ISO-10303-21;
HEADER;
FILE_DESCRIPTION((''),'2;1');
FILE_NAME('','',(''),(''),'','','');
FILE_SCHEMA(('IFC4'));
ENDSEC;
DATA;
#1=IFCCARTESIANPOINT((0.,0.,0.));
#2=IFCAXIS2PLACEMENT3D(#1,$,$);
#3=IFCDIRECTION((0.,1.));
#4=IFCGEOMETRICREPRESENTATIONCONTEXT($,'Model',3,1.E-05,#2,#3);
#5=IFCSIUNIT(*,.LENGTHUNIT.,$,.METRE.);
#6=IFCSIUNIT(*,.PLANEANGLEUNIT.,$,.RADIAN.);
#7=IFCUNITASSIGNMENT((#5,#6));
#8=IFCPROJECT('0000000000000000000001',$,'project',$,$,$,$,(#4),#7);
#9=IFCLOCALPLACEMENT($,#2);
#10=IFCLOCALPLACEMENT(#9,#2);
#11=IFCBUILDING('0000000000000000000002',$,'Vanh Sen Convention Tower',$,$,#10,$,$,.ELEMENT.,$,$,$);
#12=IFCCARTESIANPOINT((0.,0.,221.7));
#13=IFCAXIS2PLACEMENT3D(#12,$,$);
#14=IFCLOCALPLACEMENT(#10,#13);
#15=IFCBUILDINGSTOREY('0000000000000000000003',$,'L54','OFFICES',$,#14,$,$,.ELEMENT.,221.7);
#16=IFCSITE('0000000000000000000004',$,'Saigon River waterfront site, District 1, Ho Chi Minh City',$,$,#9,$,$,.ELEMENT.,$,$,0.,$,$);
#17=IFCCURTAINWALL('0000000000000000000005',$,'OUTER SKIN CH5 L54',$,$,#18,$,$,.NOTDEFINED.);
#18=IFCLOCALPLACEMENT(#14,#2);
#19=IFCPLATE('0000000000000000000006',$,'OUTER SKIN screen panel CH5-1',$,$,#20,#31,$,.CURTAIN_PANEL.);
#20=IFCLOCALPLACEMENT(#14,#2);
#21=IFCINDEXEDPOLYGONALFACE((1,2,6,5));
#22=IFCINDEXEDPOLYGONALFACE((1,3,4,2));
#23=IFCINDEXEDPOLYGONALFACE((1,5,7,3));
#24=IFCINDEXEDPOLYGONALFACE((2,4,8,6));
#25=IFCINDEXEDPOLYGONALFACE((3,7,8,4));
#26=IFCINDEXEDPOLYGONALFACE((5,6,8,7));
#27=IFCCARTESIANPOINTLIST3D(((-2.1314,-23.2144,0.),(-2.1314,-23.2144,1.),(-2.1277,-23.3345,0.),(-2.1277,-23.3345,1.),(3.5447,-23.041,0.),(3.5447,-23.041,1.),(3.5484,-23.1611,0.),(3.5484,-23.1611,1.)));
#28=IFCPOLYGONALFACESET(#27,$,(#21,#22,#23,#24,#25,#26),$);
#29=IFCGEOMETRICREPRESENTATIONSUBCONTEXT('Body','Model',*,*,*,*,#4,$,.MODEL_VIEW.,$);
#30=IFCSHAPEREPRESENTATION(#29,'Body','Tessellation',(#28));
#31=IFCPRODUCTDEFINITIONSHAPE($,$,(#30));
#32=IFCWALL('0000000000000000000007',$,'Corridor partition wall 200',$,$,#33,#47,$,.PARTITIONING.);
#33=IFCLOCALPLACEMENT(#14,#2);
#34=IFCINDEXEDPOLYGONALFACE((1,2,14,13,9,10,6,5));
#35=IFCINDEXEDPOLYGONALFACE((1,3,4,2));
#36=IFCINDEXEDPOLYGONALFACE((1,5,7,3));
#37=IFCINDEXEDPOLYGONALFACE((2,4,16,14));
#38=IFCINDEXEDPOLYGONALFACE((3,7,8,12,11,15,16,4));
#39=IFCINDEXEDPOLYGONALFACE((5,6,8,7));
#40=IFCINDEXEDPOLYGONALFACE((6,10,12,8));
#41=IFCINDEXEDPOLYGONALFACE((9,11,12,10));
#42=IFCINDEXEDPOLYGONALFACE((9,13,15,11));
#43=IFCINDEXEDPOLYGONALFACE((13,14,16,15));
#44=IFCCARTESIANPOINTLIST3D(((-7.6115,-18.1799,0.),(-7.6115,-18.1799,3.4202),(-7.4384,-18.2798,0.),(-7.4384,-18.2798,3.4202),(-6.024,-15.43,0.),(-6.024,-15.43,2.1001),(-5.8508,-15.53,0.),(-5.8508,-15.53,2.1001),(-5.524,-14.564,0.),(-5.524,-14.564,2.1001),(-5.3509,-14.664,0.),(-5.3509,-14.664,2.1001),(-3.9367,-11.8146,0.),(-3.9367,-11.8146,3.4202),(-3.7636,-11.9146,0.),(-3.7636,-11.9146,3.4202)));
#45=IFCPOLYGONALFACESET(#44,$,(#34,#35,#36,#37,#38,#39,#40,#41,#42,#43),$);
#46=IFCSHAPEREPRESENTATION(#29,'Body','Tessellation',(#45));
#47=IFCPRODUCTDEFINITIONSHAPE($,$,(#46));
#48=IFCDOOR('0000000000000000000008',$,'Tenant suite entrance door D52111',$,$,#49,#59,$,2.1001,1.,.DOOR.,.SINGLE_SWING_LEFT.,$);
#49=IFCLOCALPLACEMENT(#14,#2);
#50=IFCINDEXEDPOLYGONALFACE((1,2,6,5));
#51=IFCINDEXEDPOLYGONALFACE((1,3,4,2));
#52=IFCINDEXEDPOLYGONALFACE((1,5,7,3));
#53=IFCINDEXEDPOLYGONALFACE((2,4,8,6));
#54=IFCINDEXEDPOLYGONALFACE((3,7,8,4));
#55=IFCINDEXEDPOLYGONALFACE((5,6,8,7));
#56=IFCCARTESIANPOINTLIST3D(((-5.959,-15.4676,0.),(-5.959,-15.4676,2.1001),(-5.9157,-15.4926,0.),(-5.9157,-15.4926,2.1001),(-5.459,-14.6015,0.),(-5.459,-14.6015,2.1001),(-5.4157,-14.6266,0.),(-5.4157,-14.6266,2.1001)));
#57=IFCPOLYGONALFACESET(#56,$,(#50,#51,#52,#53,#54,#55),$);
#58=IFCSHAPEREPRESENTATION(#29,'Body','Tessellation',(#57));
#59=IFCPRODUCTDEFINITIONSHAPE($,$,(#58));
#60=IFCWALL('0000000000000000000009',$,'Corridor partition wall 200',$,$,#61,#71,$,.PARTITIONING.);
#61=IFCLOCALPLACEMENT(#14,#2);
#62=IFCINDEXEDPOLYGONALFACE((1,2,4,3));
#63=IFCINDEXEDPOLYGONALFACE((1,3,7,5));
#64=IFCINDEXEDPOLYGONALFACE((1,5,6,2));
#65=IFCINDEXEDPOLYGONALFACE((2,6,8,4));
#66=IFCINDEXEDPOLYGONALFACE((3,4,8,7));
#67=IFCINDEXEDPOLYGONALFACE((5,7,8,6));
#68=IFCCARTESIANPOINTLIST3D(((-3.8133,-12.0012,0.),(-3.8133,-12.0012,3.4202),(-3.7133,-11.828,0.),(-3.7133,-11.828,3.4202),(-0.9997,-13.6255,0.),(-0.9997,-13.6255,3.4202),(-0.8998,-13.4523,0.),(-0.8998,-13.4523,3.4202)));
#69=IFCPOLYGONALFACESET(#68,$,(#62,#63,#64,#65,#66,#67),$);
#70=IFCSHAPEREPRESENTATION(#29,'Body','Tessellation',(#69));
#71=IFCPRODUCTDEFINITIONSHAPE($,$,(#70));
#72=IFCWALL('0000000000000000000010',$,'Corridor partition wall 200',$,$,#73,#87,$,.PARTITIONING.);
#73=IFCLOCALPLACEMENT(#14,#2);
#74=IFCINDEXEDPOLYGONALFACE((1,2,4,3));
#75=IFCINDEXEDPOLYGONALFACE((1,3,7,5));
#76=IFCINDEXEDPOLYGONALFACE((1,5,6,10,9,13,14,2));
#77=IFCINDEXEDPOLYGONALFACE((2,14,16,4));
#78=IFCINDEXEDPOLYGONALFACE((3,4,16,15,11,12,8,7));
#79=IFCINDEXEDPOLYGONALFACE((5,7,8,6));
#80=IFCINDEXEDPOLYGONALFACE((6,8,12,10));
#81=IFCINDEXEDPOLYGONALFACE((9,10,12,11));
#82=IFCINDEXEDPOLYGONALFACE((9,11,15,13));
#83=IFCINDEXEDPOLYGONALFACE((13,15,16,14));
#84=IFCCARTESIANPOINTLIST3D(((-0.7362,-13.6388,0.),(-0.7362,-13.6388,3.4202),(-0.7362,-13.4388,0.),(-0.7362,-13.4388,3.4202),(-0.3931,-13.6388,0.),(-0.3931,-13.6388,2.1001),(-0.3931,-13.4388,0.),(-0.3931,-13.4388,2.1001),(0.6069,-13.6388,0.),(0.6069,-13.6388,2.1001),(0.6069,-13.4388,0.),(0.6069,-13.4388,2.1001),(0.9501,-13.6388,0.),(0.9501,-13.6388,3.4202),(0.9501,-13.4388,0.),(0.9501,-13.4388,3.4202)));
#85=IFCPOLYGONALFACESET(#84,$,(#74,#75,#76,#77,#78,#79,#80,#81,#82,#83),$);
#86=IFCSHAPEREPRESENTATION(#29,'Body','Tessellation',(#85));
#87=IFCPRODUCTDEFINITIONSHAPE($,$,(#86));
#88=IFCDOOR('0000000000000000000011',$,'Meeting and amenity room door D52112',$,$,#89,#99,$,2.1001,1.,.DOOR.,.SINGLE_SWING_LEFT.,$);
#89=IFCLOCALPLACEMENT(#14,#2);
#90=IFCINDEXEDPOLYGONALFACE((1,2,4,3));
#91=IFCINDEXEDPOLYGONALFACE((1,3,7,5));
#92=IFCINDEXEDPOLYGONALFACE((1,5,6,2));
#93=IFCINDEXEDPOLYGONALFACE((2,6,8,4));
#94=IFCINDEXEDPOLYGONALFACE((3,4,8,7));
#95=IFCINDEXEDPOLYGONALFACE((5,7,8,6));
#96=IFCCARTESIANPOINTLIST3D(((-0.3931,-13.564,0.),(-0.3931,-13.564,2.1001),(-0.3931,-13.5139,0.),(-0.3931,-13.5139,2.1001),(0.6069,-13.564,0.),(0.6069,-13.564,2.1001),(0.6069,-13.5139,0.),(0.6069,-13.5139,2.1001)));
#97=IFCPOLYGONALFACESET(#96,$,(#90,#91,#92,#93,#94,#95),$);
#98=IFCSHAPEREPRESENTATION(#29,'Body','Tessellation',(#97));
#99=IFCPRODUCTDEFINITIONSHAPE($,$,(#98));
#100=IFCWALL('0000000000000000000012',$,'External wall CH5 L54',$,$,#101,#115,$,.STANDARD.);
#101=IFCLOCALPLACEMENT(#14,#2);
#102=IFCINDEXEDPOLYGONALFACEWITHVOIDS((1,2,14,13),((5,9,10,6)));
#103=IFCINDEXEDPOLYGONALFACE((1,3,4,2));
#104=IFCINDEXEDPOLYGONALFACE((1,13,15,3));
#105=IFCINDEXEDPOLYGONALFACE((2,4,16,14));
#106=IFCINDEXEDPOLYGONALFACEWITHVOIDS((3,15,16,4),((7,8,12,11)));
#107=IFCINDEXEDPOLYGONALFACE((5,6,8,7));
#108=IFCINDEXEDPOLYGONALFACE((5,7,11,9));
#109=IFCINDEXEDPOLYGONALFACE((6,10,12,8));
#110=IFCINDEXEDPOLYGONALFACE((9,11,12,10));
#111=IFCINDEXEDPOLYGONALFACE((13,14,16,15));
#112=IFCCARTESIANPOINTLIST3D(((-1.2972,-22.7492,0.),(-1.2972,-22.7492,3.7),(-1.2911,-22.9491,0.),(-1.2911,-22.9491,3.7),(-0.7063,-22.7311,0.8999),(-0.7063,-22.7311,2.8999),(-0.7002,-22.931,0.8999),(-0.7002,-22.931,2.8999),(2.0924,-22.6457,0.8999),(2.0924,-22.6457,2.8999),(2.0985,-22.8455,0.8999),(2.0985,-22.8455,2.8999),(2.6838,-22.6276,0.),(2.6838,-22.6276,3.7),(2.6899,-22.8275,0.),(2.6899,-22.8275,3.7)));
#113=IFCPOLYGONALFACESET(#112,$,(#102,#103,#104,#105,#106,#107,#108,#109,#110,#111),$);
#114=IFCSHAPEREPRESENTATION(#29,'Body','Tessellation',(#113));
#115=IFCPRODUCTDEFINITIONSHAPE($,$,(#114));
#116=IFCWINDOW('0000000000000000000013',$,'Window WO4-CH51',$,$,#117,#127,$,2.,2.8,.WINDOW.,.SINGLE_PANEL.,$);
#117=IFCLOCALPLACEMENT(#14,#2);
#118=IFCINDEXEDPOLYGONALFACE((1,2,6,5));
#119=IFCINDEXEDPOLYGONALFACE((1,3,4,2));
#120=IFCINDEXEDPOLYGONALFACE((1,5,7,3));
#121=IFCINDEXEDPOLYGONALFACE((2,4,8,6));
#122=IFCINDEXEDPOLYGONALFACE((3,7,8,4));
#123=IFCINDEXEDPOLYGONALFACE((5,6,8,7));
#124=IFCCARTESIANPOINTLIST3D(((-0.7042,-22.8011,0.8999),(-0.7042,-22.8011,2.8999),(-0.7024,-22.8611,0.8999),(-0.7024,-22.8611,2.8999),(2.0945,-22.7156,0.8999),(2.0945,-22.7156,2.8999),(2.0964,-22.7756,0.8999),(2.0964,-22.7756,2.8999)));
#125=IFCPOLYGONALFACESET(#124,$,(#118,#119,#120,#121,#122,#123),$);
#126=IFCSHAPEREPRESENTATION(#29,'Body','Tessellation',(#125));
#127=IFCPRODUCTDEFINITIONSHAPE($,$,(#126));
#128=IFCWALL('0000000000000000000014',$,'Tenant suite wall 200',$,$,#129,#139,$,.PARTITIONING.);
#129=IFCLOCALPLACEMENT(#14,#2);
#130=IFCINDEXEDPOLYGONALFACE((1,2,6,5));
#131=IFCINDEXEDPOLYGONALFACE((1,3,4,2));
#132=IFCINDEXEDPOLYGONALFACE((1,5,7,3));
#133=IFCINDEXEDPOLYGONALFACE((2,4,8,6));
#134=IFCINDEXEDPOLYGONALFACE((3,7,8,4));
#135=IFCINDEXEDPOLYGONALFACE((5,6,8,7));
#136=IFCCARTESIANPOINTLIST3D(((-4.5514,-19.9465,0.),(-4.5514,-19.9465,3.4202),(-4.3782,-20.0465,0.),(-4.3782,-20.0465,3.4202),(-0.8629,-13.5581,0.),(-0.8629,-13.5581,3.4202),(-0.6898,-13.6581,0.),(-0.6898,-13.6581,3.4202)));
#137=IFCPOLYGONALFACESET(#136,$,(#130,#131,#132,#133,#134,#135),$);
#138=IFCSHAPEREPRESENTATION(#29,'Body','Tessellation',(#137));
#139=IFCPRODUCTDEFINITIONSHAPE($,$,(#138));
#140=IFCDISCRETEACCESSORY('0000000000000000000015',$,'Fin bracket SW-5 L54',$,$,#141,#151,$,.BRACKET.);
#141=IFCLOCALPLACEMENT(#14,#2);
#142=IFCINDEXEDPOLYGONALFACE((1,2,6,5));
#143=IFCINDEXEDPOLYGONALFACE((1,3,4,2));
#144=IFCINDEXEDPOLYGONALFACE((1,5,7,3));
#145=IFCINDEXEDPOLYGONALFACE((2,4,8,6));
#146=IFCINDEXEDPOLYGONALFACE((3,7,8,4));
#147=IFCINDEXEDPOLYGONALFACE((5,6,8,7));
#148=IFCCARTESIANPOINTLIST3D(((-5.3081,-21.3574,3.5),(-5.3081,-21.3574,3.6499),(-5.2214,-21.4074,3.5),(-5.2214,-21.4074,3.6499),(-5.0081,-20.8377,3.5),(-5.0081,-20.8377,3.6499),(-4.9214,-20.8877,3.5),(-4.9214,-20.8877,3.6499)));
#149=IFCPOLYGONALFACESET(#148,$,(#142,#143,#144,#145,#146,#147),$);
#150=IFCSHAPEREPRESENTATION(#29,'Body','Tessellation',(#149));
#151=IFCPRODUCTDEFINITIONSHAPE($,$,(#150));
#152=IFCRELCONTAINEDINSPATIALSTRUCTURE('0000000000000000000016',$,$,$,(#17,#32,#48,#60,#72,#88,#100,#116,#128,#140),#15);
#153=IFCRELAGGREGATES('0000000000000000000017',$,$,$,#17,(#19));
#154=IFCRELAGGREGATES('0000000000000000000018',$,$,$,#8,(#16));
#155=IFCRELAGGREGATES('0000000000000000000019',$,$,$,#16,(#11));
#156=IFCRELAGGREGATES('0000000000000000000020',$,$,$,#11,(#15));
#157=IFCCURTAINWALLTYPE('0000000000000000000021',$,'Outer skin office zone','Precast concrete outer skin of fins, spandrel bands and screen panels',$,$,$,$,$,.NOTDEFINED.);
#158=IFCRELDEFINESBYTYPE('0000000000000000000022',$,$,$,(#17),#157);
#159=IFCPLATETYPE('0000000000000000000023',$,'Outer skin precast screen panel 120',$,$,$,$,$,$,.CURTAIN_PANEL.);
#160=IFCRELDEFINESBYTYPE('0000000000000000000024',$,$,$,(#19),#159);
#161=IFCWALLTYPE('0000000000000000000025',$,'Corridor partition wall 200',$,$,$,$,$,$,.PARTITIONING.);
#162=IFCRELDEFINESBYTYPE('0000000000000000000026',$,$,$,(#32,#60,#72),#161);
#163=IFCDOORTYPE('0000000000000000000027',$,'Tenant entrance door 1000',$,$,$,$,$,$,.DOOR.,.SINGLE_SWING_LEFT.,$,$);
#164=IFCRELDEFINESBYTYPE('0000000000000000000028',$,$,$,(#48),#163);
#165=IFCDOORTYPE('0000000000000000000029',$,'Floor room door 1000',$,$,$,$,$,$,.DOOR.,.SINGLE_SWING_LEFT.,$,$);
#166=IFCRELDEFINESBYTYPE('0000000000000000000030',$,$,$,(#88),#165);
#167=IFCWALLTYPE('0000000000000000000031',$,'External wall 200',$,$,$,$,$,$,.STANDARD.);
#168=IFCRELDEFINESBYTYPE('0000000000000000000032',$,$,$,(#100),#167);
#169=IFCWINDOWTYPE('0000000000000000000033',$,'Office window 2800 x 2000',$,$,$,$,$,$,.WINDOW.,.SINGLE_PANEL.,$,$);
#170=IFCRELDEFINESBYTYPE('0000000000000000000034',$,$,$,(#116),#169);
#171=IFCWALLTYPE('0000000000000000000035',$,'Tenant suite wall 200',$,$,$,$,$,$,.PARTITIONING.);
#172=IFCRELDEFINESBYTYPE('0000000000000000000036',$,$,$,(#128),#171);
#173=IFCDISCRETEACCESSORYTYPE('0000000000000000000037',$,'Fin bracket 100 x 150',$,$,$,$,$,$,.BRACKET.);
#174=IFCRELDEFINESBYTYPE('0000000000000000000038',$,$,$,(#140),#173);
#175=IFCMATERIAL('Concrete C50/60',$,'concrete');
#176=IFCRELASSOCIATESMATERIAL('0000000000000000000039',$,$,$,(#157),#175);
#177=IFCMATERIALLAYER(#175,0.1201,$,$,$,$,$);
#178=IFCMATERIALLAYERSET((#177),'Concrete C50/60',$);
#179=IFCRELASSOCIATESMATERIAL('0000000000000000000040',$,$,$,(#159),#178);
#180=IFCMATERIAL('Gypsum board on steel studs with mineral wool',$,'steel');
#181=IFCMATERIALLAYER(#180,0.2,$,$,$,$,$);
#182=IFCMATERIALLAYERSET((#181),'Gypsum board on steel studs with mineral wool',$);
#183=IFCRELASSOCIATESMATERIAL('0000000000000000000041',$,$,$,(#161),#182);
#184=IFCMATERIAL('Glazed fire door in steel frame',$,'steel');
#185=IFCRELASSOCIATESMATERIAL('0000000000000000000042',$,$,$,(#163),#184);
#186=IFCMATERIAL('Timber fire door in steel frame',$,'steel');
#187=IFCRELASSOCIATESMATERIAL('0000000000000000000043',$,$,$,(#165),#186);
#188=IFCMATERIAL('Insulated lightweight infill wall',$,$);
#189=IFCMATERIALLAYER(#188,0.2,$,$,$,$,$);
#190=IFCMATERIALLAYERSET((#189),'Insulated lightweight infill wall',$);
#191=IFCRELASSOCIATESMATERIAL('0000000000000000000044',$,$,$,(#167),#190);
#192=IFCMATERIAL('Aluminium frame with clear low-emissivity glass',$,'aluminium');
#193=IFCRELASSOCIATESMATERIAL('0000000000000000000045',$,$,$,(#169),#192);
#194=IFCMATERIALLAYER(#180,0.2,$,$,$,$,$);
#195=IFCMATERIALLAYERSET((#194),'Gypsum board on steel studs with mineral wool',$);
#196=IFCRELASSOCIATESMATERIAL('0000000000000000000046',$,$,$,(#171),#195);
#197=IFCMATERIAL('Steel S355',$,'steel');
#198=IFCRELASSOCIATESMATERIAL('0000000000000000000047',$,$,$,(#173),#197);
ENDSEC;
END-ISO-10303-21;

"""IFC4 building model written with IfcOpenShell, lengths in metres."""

from ifc_helpers import new_model, si_unit, direction, frame, frame_2d, origin, origin_2d, place, context, subcontext, project, spatial, rectangle, extrude, material, layer, layer_set, type_object, element, fill, aggregate, save


model = new_model("IFC4")

# Units and contexts
model_context = context("Model", 3, precision=1e-05, world=origin(), true_north=direction((0.0, 1.0)))
body_context = subcontext(model_context, "Body", "Model", "MODEL_VIEW")
ifc_project = project(units=[si_unit("LENGTHUNIT", "METRE"), si_unit("PLANEANGLEUNIT", "RADIAN")], contexts=[model_context])

# Site, building, storey
site_placement = place(None, origin())
site = spatial("IfcSite", under=ifc_project, at=site_placement, Name="Saigon River waterfront site, District 1, Ho Chi Minh City", CompositionType="ELEMENT", RefElevation=0.0)
building_placement = place(site_placement, origin())
building = spatial("IfcBuilding", under=site, at=building_placement, Name="Vanh Sen Convention Tower", CompositionType="ELEMENT")
storey_placement = place(building_placement, frame((0.0, 0.0, 221.7)))
storey = spatial("IfcBuildingStorey", under=building, at=storey_placement, Name="L54", Description="OFFICES", CompositionType="ELEMENT", Elevation=221.7)

# Shared definitions
ifc_material_1 = material(Name="Concrete C50/60", Category="concrete")
curtain_wall_type = type_object("IfcCurtainWallType", Name="Outer skin office zone", Description="Precast concrete outer skin of fins, spandrel bands and screen panels", PredefinedType="NOTDEFINED", material=ifc_material_1)

# Curtain wall
curtain_wall_1_placement = place(storey_placement, origin())
curtain_wall_1 = element("IfcCurtainWall", 1, at=curtain_wall_1_placement, inside=storey, type_object=curtain_wall_type, Name="OUTER SKIN CH5 L54", PredefinedType="NOTDEFINED")

# Plate
ifc_layer_1 = layer(ifc_material_1, 0.1201)
ifc_layer_set_1 = layer_set([ifc_layer_1], Name="Concrete C50/60")
plate_type = type_object("IfcPlateType", Name="Outer skin precast screen panel 120", PredefinedType="CURTAIN_PANEL", material=ifc_layer_set_1)
plate_1_placement = place(storey_placement, frame((0.7085, -23.1877, 0.0), z_axis=(0.0, 0.0, 1.0), x_axis=(0.999534, 0.03054, 0.0)))
plate_1 = element("IfcPlate", 2, at=plate_1_placement, type_object=plate_type, Name="OUTER SKIN screen panel CH5-1", PredefinedType="CURTAIN_PANEL", context=body_context, shape_type="SweptSolid", body=[
    extrude(rectangle(XDim=5.6787, YDim=0.1201, at=origin_2d()), origin(), (0.0, 0.0, 1.0), 1.0),
])
aggregate(curtain_wall_1, [plate_1])

# Wall, opening, door
ifc_material_2 = material(Name="Gypsum board on steel studs with mineral wool", Category="steel")
ifc_layer_2 = layer(ifc_material_2, 0.2)
ifc_layer_set_2 = layer_set([ifc_layer_2], Name="Gypsum board on steel studs with mineral wool")
wall_type_1 = type_object("IfcWallType", Name="Corridor partition wall 200", PredefinedType="PARTITIONING", material=ifc_layer_set_2)
wall_1_placement = place(storey_placement, frame((-7.5249, -18.2297, 0.0), z_axis=(0.0, 0.0, 1.0), x_axis=(0.499983, 0.866035, 0.0)))
wall_1 = element("IfcWall", 3, at=wall_1_placement, inside=storey, type_object=wall_type_1, Name="Corridor partition wall 200", PredefinedType="PARTITIONING", context=body_context, shape_type="SweptSolid", body=[
    extrude(rectangle(XDim=7.3499, YDim=0.2, at=frame_2d((3.6748, 0.0))), origin(), (0.0, 0.0, 1.0), 3.4202),
])
opening_1_placement = place(wall_1_placement, frame((3.175, 0.0, 0.0)))
opening_1 = element("IfcOpeningElement", 4, at=opening_1_placement, cuts=wall_1, PredefinedType="OPENING", context=body_context, shape_type="SweptSolid", body=[
    extrude(rectangle(XDim=1.0, YDim=2.1001, at=frame_2d((0.5, 1.05))), frame((0.0, 0.1099, 0.0), z_axis=(0.0, -1.0, 0.0), x_axis=(1.0, 0.0, 0.0)), (0.0, 0.0, 1.0), 0.22),
])
ifc_material_3 = material(Name="Glazed fire door in steel frame", Category="steel")
door_type_1 = type_object("IfcDoorType", Name="Tenant entrance door 1000", OperationType="SINGLE_SWING_LEFT", PredefinedType="DOOR", material=ifc_material_3)
door_1_placement = place(opening_1_placement, origin())
door_1 = element("IfcDoor", 5, at=door_1_placement, inside=storey, type_object=door_type_1, Name="Tenant suite entrance door D52111", OperationType="SINGLE_SWING_LEFT", OverallHeight=2.1001, OverallWidth=1.0, PredefinedType="DOOR", context=body_context, shape_type="SweptSolid", body=[
    extrude(rectangle(XDim=1.0, YDim=2.1001, at=frame_2d((0.5, 1.05))), frame((0.0, 0.0249, 0.0), z_axis=(0.0, -1.0, 0.0), x_axis=(1.0, 0.0, 0.0)), (0.0, 0.0, 1.0), 0.05),
])
fill(opening_1, door_1)

# Wall
wall_2_placement = place(storey_placement, frame((-3.7634, -11.9146, 0.0), z_axis=(0.0, 0.0, 1.0), x_axis=(0.866038, -0.499978, 0.0)))
element("IfcWall", 6, at=wall_2_placement, inside=storey, type_object=wall_type_1, Name="Corridor partition wall 200", PredefinedType="PARTITIONING", context=body_context, shape_type="SweptSolid", body=[
    extrude(rectangle(XDim=3.2488, YDim=0.2, at=frame_2d((1.6245, 0.0))), origin(), (0.0, 0.0, 1.0), 3.4202),
])

# Wall, opening, door
wall_3_placement = place(storey_placement, frame((-0.7363, -13.5388, 0.0), z_axis=(0.0, 0.0, 1.0), x_axis=(1.0, 0.0, 0.0)))
wall_3 = element("IfcWall", 7, at=wall_3_placement, inside=storey, type_object=wall_type_1, Name="Corridor partition wall 200", PredefinedType="PARTITIONING", context=body_context, shape_type="SweptSolid", body=[
    extrude(rectangle(XDim=1.6863, YDim=0.2, at=frame_2d((0.8433, 0.0))), origin(), (0.0, 0.0, 1.0), 3.4202),
])
opening_2_placement = place(wall_3_placement, frame((0.3433, 0.0, 0.0)))
opening_2 = element("IfcOpeningElement", 8, at=opening_2_placement, cuts=wall_3, PredefinedType="OPENING", context=body_context, shape_type="SweptSolid", body=[
    extrude(rectangle(XDim=1.0, YDim=2.1001, at=frame_2d((0.5, 1.05))), frame((0.0, 0.1099, 0.0), z_axis=(0.0, -1.0, 0.0), x_axis=(1.0, 0.0, 0.0)), (0.0, 0.0, 1.0), 0.22),
])
ifc_material_4 = material(Name="Timber fire door in steel frame", Category="steel")
door_type_2 = type_object("IfcDoorType", Name="Floor room door 1000", OperationType="SINGLE_SWING_LEFT", PredefinedType="DOOR", material=ifc_material_4)
door_2_placement = place(opening_2_placement, origin())
door_2 = element("IfcDoor", 9, at=door_2_placement, inside=storey, type_object=door_type_2, Name="Meeting and amenity room door D52112", OperationType="SINGLE_SWING_LEFT", OverallHeight=2.1001, OverallWidth=1.0, PredefinedType="DOOR", context=body_context, shape_type="SweptSolid", body=[
    extrude(rectangle(XDim=1.0, YDim=2.1001, at=frame_2d((0.5, 1.05))), frame((0.0, 0.0249, 0.0), z_axis=(0.0, -1.0, 0.0), x_axis=(1.0, 0.0, 0.0)), (0.0, 0.0, 1.0), 0.05),
])
fill(opening_2, door_2)

# Wall, opening, window
ifc_material_5 = material(Name="Insulated lightweight infill wall")
ifc_layer_3 = layer(ifc_material_5, 0.2)
ifc_layer_set_3 = layer_set([ifc_layer_3], Name="Insulated lightweight infill wall")
wall_type_2 = type_object("IfcWallType", Name="External wall 200", PredefinedType="STANDARD", material=ifc_layer_set_3)
wall_4_placement = place(storey_placement, frame((-1.2942, -22.8491, 0.0), z_axis=(0.0, 0.0, 1.0), x_axis=(0.999534, 0.030527, 0.0)))
wall_4 = element("IfcWall", 10, at=wall_4_placement, inside=storey, type_object=wall_type_2, Name="External wall CH5 L54", PredefinedType="STANDARD", context=body_context, shape_type="SweptSolid", body=[
    extrude(rectangle(XDim=3.9829, YDim=0.2, at=frame_2d((1.9915, 0.0))), origin(), (0.0, 0.0, 1.0), 3.7),
])
opening_3_placement = place(wall_4_placement, frame((0.5913, 0.0, 0.8999)))
opening_3 = element("IfcOpeningElement", 11, at=opening_3_placement, cuts=wall_4, PredefinedType="OPENING", context=body_context, shape_type="SweptSolid", body=[
    extrude(rectangle(XDim=2.8, YDim=2.0, at=frame_2d((1.3999, 1.0))), frame((0.0, 0.1099, 0.0), z_axis=(0.0, -1.0, 0.0), x_axis=(1.0, 0.0, 0.0)), (0.0, 0.0, 1.0), 0.22),
])
ifc_material_6 = material(Name="Aluminium frame with clear low-emissivity glass", Category="aluminium")
window_type = type_object("IfcWindowType", Name="Office window 2800 x 2000", PartitioningType="SINGLE_PANEL", PredefinedType="WINDOW", material=ifc_material_6)
window_placement = place(opening_3_placement, origin())
window = element("IfcWindow", 12, at=window_placement, inside=storey, type_object=window_type, Name="Window WO4-CH51", OverallHeight=2.0, OverallWidth=2.8, PartitioningType="SINGLE_PANEL", PredefinedType="WINDOW", context=body_context, shape_type="SweptSolid", body=[
    extrude(rectangle(XDim=2.8, YDim=2.0, at=frame_2d((1.3999, 1.0))), frame((0.0, 0.03, 0.0), z_axis=(0.0, -1.0, 0.0), x_axis=(1.0, 0.0, 0.0)), (0.0, 0.0, 1.0), 0.0601),
])
fill(opening_3, window)

# Wall
ifc_layer_4 = layer(ifc_material_2, 0.2)
ifc_layer_set_4 = layer_set([ifc_layer_4], Name="Gypsum board on steel studs with mineral wool")
wall_type_3 = type_object("IfcWallType", Name="Tenant suite wall 200", PredefinedType="PARTITIONING", material=ifc_layer_set_4)
wall_5_placement = place(storey_placement, frame((-4.4648, -19.9966, 0.0), z_axis=(0.0, 0.0, 1.0), x_axis=(0.500012, 0.866019, 0.0)))
element("IfcWall", 13, at=wall_5_placement, inside=storey, type_object=wall_type_3, Name="Tenant suite wall 200", PredefinedType="PARTITIONING", context=body_context, shape_type="SweptSolid", body=[
    extrude(rectangle(XDim=7.3767, YDim=0.2, at=frame_2d((3.6885, 0.0))), origin(), (0.0, 0.0, 1.0), 3.4202),
])

# Discrete accessory
ifc_material_7 = material(Name="Steel S355", Category="steel")
discrete_accessory_type = type_object("IfcDiscreteAccessoryType", Name="Fin bracket 100 x 150", PredefinedType="BRACKET", material=ifc_material_7)
discrete_accessory_placement = place(storey_placement, frame((-5.1147, -21.1226, 3.5), z_axis=(0.0, 0.0, 1.0), x_axis=(-0.5, -0.866025, 0.0)))
element("IfcDiscreteAccessory", 14, at=discrete_accessory_placement, inside=storey, type_object=discrete_accessory_type, Name="Fin bracket SW-5 L54", PredefinedType="BRACKET", context=body_context, shape_type="SweptSolid", body=[
    extrude(rectangle(XDim=0.6001, YDim=0.1001, at=origin_2d()), origin(), (0.0, 0.0, 1.0), 0.1499),
])

save(model, "model.ifc")
